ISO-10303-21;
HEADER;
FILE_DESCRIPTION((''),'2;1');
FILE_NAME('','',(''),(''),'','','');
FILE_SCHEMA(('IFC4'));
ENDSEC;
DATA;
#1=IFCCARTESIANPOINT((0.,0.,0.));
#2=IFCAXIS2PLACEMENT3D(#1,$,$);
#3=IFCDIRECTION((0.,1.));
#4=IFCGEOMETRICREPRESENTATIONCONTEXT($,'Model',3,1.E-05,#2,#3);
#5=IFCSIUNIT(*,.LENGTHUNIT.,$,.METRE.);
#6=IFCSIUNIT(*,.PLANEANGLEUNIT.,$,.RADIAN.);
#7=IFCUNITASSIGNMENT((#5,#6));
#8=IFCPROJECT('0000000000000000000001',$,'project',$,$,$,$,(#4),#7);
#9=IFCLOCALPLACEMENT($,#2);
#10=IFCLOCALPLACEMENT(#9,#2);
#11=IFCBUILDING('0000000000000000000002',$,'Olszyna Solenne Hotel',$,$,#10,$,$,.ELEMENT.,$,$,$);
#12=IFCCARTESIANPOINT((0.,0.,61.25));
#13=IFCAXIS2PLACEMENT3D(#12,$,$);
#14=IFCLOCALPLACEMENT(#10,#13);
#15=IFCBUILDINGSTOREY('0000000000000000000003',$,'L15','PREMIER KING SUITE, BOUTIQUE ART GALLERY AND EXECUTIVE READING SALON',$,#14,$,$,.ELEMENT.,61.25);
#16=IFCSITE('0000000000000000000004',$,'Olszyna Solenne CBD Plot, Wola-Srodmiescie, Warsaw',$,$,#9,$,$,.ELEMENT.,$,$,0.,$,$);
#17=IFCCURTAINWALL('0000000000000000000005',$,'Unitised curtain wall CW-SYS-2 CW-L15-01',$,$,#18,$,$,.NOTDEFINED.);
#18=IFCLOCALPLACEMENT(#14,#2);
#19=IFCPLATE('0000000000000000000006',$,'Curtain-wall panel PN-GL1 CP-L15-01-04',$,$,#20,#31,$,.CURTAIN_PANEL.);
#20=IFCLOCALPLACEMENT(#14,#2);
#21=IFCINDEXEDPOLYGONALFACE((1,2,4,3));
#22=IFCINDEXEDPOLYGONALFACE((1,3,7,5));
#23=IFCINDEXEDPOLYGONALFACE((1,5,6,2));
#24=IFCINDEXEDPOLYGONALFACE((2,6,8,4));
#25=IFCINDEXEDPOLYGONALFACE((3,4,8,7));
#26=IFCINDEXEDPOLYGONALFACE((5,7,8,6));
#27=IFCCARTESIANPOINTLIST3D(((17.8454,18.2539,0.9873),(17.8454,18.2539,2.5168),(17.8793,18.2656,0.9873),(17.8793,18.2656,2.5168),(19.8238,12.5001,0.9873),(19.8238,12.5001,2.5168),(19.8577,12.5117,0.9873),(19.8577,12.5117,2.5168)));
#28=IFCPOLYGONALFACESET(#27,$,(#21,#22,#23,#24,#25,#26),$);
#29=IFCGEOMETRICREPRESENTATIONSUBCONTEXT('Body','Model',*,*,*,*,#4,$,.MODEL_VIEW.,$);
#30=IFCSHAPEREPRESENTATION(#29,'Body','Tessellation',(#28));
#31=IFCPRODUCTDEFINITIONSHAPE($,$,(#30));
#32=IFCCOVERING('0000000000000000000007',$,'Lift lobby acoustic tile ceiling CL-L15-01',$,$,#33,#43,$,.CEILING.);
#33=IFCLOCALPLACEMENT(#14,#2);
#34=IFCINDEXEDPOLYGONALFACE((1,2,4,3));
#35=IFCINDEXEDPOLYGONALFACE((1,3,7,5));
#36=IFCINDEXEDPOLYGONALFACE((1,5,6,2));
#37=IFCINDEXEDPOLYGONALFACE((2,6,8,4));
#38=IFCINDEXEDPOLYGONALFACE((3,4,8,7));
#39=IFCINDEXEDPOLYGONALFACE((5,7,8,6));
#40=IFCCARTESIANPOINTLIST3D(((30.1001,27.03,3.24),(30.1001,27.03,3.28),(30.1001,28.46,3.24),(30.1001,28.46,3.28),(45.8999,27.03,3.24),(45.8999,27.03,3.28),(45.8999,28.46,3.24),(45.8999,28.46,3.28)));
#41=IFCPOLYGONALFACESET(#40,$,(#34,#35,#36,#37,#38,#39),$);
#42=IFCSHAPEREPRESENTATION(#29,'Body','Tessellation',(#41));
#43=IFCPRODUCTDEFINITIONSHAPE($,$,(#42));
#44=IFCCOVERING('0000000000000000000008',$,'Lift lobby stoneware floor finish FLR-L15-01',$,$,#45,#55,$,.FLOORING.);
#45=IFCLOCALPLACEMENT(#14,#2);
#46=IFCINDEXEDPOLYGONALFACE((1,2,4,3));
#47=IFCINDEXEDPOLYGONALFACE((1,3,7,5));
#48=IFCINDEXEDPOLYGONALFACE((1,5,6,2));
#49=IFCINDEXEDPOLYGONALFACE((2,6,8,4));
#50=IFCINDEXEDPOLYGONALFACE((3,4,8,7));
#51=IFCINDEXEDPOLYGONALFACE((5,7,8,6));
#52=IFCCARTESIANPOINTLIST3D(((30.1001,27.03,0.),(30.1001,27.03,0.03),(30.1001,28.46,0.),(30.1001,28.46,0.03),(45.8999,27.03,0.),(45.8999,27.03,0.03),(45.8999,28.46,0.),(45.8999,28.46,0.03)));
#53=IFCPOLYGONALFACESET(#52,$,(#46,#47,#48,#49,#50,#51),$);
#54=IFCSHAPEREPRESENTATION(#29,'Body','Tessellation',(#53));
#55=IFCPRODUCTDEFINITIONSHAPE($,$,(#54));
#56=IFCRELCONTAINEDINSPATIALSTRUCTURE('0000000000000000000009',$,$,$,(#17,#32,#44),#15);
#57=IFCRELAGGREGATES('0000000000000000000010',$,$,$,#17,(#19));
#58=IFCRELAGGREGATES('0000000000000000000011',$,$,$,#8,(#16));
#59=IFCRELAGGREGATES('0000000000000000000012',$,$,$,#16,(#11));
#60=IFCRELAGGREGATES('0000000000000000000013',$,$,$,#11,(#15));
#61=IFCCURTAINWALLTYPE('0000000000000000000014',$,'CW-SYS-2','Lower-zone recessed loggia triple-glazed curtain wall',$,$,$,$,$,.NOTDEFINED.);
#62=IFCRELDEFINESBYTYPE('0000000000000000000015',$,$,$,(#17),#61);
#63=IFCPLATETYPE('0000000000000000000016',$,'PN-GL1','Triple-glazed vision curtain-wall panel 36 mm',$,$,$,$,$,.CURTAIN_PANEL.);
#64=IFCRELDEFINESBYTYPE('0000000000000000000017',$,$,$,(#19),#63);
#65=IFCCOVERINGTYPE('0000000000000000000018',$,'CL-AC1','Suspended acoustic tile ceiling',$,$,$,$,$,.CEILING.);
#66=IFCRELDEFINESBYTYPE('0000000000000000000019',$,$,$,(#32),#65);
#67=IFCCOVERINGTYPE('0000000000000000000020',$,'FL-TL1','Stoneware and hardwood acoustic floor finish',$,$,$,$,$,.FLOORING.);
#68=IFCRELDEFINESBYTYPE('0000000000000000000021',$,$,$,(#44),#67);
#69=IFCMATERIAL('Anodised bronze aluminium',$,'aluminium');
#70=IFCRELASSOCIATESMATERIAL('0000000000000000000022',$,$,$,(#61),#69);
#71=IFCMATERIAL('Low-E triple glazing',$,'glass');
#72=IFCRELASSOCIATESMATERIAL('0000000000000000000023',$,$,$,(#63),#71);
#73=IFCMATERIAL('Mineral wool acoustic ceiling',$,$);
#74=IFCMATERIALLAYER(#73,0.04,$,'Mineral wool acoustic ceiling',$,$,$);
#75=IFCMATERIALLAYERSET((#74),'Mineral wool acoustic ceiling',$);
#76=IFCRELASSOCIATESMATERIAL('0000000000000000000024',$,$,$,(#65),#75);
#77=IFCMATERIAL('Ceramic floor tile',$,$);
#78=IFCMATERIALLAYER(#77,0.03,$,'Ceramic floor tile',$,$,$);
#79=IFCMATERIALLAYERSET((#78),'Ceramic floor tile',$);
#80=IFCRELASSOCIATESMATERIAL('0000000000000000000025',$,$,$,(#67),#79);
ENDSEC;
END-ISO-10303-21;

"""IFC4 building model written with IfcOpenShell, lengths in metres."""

from ifc_helpers import new_model, si_unit, direction, frame, origin, origin_2d, place, context, subcontext, project, spatial, polyline, rectangle, outline, extrude, source, transform, mapped, material, layer, layer_set, type_object, element, aggregate, save


model = new_model("IFC4")

# Units and contexts
model_context = context("Model", 3, precision=1e-05, world=origin(), true_north=direction((0.0, 1.0)))
body_context = subcontext(model_context, "Body", "Model", "MODEL_VIEW")
ifc_project = project(units=[si_unit("LENGTHUNIT", "METRE"), si_unit("PLANEANGLEUNIT", "RADIAN")], contexts=[model_context])

# Site, building, storey
site_placement = place(None, origin())
site = spatial("IfcSite", under=ifc_project, at=site_placement, Name="Olszyna Solenne CBD Plot, Wola-Srodmiescie, Warsaw", CompositionType="ELEMENT", RefElevation=0.0)
building_placement = place(site_placement, origin())
building = spatial("IfcBuilding", under=site, at=building_placement, Name="Olszyna Solenne Hotel", CompositionType="ELEMENT")
storey_placement = place(building_placement, frame((0.0, 0.0, 61.25)))
storey = spatial("IfcBuildingStorey", under=building, at=storey_placement, Name="L15", Description="PREMIER KING SUITE, BOUTIQUE ART GALLERY AND EXECUTIVE READING SALON", CompositionType="ELEMENT", Elevation=61.25)

# Curtain wall
ifc_material_1 = material(Name="Anodised bronze aluminium", Category="aluminium")
curtain_wall_type = type_object("IfcCurtainWallType", Name="CW-SYS-2", Description="Lower-zone recessed loggia triple-glazed curtain wall", PredefinedType="NOTDEFINED", material=ifc_material_1)
curtain_wall_placement = place(storey_placement, origin())
curtain_wall = element("IfcCurtainWall", 1, at=curtain_wall_placement, inside=storey, type_object=curtain_wall_type, Name="Unitised curtain wall CW-SYS-2 CW-L15-01", PredefinedType="NOTDEFINED")

# Plate
ifc_material_2 = material(Name="Low-E triple glazing", Category="glass")
plate_type_1 = type_object("IfcPlateType", Name="PN-GL1", Description="Triple-glazed vision curtain-wall panel 36 mm", PredefinedType="CURTAIN_PANEL", material=ifc_material_2)
shared_shape_1 = source(origin(), body_context, "Body", "SweptSolid", [
    extrude(rectangle(XDim=6.0845, YDim=0.0359, at=origin_2d()), origin(), (0.0, 0.0, 1.0), 1.5295),
])
plate_1_placement = place(storey_placement, frame((18.8516, 15.3828, 0.9873), z_axis=(0.0, 0.0, 1.0), x_axis=(0.325153, -0.945661, 0.0)))
plate_1 = element("IfcPlate", 2, at=plate_1_placement, type_object=plate_type_1, Name="Curtain-wall panel PN-GL1 CP-L15-01-04", PredefinedType="CURTAIN_PANEL", context=body_context, shape_type="MappedRepresentation", body=[
    mapped(shared_shape_1, transform((0.0, 0.0, 0.0), x_axis=(1.0, 0.0, 0.0), y_axis=(0.0, 1.0, 0.0), z_axis=(0.0, 0.0, 1.0), scale=1.0)),
])
aggregate(curtain_wall, [plate_1])

# Coverings
ifc_material_3 = material(Name="Mineral wool acoustic ceiling")
ifc_layer_1 = layer(ifc_material_3, 0.04, Name="Mineral wool acoustic ceiling")
ifc_layer_set_1 = layer_set([ifc_layer_1], Name="Mineral wool acoustic ceiling")
covering_type_1 = type_object("IfcCoveringType", Name="CL-AC1", Description="Suspended acoustic tile ceiling", PredefinedType="CEILING", material=ifc_layer_set_1)
covering_1_placement = place(storey_placement, frame((0.0, 0.0, 3.24)))
element("IfcCovering", 3, at=covering_1_placement, inside=storey, type_object=covering_type_1, Name="Lift lobby acoustic tile ceiling CL-L15-01", PredefinedType="CEILING", context=body_context, shape_type="SweptSolid", body=[
    extrude(outline(polyline([(30.1001, 27.03), (45.8999, 27.03), (45.8999, 28.46), (30.1001, 28.46), (30.1001, 27.03)])), origin(), (0.0, 0.0, 1.0), 0.04),
])
ifc_material_4 = material(Name="Ceramic floor tile")
ifc_layer_2 = layer(ifc_material_4, 0.03, Name="Ceramic floor tile")
ifc_layer_set_2 = layer_set([ifc_layer_2], Name="Ceramic floor tile")
covering_type_2 = type_object("IfcCoveringType", Name="FL-TL1", Description="Stoneware and hardwood acoustic floor finish", PredefinedType="FLOORING", material=ifc_layer_set_2)
covering_2_placement = place(storey_placement, origin())
element("IfcCovering", 4, at=covering_2_placement, inside=storey, type_object=covering_type_2, Name="Lift lobby stoneware floor finish FLR-L15-01", PredefinedType="FLOORING", context=body_context, shape_type="SweptSolid", body=[
    extrude(outline(polyline([(30.1001, 27.03), (45.8999, 27.03), (45.8999, 28.46), (30.1001, 28.46), (30.1001, 27.03)])), origin(), (0.0, 0.0, 1.0), 0.03),
])

save(model, "model.ifc")
